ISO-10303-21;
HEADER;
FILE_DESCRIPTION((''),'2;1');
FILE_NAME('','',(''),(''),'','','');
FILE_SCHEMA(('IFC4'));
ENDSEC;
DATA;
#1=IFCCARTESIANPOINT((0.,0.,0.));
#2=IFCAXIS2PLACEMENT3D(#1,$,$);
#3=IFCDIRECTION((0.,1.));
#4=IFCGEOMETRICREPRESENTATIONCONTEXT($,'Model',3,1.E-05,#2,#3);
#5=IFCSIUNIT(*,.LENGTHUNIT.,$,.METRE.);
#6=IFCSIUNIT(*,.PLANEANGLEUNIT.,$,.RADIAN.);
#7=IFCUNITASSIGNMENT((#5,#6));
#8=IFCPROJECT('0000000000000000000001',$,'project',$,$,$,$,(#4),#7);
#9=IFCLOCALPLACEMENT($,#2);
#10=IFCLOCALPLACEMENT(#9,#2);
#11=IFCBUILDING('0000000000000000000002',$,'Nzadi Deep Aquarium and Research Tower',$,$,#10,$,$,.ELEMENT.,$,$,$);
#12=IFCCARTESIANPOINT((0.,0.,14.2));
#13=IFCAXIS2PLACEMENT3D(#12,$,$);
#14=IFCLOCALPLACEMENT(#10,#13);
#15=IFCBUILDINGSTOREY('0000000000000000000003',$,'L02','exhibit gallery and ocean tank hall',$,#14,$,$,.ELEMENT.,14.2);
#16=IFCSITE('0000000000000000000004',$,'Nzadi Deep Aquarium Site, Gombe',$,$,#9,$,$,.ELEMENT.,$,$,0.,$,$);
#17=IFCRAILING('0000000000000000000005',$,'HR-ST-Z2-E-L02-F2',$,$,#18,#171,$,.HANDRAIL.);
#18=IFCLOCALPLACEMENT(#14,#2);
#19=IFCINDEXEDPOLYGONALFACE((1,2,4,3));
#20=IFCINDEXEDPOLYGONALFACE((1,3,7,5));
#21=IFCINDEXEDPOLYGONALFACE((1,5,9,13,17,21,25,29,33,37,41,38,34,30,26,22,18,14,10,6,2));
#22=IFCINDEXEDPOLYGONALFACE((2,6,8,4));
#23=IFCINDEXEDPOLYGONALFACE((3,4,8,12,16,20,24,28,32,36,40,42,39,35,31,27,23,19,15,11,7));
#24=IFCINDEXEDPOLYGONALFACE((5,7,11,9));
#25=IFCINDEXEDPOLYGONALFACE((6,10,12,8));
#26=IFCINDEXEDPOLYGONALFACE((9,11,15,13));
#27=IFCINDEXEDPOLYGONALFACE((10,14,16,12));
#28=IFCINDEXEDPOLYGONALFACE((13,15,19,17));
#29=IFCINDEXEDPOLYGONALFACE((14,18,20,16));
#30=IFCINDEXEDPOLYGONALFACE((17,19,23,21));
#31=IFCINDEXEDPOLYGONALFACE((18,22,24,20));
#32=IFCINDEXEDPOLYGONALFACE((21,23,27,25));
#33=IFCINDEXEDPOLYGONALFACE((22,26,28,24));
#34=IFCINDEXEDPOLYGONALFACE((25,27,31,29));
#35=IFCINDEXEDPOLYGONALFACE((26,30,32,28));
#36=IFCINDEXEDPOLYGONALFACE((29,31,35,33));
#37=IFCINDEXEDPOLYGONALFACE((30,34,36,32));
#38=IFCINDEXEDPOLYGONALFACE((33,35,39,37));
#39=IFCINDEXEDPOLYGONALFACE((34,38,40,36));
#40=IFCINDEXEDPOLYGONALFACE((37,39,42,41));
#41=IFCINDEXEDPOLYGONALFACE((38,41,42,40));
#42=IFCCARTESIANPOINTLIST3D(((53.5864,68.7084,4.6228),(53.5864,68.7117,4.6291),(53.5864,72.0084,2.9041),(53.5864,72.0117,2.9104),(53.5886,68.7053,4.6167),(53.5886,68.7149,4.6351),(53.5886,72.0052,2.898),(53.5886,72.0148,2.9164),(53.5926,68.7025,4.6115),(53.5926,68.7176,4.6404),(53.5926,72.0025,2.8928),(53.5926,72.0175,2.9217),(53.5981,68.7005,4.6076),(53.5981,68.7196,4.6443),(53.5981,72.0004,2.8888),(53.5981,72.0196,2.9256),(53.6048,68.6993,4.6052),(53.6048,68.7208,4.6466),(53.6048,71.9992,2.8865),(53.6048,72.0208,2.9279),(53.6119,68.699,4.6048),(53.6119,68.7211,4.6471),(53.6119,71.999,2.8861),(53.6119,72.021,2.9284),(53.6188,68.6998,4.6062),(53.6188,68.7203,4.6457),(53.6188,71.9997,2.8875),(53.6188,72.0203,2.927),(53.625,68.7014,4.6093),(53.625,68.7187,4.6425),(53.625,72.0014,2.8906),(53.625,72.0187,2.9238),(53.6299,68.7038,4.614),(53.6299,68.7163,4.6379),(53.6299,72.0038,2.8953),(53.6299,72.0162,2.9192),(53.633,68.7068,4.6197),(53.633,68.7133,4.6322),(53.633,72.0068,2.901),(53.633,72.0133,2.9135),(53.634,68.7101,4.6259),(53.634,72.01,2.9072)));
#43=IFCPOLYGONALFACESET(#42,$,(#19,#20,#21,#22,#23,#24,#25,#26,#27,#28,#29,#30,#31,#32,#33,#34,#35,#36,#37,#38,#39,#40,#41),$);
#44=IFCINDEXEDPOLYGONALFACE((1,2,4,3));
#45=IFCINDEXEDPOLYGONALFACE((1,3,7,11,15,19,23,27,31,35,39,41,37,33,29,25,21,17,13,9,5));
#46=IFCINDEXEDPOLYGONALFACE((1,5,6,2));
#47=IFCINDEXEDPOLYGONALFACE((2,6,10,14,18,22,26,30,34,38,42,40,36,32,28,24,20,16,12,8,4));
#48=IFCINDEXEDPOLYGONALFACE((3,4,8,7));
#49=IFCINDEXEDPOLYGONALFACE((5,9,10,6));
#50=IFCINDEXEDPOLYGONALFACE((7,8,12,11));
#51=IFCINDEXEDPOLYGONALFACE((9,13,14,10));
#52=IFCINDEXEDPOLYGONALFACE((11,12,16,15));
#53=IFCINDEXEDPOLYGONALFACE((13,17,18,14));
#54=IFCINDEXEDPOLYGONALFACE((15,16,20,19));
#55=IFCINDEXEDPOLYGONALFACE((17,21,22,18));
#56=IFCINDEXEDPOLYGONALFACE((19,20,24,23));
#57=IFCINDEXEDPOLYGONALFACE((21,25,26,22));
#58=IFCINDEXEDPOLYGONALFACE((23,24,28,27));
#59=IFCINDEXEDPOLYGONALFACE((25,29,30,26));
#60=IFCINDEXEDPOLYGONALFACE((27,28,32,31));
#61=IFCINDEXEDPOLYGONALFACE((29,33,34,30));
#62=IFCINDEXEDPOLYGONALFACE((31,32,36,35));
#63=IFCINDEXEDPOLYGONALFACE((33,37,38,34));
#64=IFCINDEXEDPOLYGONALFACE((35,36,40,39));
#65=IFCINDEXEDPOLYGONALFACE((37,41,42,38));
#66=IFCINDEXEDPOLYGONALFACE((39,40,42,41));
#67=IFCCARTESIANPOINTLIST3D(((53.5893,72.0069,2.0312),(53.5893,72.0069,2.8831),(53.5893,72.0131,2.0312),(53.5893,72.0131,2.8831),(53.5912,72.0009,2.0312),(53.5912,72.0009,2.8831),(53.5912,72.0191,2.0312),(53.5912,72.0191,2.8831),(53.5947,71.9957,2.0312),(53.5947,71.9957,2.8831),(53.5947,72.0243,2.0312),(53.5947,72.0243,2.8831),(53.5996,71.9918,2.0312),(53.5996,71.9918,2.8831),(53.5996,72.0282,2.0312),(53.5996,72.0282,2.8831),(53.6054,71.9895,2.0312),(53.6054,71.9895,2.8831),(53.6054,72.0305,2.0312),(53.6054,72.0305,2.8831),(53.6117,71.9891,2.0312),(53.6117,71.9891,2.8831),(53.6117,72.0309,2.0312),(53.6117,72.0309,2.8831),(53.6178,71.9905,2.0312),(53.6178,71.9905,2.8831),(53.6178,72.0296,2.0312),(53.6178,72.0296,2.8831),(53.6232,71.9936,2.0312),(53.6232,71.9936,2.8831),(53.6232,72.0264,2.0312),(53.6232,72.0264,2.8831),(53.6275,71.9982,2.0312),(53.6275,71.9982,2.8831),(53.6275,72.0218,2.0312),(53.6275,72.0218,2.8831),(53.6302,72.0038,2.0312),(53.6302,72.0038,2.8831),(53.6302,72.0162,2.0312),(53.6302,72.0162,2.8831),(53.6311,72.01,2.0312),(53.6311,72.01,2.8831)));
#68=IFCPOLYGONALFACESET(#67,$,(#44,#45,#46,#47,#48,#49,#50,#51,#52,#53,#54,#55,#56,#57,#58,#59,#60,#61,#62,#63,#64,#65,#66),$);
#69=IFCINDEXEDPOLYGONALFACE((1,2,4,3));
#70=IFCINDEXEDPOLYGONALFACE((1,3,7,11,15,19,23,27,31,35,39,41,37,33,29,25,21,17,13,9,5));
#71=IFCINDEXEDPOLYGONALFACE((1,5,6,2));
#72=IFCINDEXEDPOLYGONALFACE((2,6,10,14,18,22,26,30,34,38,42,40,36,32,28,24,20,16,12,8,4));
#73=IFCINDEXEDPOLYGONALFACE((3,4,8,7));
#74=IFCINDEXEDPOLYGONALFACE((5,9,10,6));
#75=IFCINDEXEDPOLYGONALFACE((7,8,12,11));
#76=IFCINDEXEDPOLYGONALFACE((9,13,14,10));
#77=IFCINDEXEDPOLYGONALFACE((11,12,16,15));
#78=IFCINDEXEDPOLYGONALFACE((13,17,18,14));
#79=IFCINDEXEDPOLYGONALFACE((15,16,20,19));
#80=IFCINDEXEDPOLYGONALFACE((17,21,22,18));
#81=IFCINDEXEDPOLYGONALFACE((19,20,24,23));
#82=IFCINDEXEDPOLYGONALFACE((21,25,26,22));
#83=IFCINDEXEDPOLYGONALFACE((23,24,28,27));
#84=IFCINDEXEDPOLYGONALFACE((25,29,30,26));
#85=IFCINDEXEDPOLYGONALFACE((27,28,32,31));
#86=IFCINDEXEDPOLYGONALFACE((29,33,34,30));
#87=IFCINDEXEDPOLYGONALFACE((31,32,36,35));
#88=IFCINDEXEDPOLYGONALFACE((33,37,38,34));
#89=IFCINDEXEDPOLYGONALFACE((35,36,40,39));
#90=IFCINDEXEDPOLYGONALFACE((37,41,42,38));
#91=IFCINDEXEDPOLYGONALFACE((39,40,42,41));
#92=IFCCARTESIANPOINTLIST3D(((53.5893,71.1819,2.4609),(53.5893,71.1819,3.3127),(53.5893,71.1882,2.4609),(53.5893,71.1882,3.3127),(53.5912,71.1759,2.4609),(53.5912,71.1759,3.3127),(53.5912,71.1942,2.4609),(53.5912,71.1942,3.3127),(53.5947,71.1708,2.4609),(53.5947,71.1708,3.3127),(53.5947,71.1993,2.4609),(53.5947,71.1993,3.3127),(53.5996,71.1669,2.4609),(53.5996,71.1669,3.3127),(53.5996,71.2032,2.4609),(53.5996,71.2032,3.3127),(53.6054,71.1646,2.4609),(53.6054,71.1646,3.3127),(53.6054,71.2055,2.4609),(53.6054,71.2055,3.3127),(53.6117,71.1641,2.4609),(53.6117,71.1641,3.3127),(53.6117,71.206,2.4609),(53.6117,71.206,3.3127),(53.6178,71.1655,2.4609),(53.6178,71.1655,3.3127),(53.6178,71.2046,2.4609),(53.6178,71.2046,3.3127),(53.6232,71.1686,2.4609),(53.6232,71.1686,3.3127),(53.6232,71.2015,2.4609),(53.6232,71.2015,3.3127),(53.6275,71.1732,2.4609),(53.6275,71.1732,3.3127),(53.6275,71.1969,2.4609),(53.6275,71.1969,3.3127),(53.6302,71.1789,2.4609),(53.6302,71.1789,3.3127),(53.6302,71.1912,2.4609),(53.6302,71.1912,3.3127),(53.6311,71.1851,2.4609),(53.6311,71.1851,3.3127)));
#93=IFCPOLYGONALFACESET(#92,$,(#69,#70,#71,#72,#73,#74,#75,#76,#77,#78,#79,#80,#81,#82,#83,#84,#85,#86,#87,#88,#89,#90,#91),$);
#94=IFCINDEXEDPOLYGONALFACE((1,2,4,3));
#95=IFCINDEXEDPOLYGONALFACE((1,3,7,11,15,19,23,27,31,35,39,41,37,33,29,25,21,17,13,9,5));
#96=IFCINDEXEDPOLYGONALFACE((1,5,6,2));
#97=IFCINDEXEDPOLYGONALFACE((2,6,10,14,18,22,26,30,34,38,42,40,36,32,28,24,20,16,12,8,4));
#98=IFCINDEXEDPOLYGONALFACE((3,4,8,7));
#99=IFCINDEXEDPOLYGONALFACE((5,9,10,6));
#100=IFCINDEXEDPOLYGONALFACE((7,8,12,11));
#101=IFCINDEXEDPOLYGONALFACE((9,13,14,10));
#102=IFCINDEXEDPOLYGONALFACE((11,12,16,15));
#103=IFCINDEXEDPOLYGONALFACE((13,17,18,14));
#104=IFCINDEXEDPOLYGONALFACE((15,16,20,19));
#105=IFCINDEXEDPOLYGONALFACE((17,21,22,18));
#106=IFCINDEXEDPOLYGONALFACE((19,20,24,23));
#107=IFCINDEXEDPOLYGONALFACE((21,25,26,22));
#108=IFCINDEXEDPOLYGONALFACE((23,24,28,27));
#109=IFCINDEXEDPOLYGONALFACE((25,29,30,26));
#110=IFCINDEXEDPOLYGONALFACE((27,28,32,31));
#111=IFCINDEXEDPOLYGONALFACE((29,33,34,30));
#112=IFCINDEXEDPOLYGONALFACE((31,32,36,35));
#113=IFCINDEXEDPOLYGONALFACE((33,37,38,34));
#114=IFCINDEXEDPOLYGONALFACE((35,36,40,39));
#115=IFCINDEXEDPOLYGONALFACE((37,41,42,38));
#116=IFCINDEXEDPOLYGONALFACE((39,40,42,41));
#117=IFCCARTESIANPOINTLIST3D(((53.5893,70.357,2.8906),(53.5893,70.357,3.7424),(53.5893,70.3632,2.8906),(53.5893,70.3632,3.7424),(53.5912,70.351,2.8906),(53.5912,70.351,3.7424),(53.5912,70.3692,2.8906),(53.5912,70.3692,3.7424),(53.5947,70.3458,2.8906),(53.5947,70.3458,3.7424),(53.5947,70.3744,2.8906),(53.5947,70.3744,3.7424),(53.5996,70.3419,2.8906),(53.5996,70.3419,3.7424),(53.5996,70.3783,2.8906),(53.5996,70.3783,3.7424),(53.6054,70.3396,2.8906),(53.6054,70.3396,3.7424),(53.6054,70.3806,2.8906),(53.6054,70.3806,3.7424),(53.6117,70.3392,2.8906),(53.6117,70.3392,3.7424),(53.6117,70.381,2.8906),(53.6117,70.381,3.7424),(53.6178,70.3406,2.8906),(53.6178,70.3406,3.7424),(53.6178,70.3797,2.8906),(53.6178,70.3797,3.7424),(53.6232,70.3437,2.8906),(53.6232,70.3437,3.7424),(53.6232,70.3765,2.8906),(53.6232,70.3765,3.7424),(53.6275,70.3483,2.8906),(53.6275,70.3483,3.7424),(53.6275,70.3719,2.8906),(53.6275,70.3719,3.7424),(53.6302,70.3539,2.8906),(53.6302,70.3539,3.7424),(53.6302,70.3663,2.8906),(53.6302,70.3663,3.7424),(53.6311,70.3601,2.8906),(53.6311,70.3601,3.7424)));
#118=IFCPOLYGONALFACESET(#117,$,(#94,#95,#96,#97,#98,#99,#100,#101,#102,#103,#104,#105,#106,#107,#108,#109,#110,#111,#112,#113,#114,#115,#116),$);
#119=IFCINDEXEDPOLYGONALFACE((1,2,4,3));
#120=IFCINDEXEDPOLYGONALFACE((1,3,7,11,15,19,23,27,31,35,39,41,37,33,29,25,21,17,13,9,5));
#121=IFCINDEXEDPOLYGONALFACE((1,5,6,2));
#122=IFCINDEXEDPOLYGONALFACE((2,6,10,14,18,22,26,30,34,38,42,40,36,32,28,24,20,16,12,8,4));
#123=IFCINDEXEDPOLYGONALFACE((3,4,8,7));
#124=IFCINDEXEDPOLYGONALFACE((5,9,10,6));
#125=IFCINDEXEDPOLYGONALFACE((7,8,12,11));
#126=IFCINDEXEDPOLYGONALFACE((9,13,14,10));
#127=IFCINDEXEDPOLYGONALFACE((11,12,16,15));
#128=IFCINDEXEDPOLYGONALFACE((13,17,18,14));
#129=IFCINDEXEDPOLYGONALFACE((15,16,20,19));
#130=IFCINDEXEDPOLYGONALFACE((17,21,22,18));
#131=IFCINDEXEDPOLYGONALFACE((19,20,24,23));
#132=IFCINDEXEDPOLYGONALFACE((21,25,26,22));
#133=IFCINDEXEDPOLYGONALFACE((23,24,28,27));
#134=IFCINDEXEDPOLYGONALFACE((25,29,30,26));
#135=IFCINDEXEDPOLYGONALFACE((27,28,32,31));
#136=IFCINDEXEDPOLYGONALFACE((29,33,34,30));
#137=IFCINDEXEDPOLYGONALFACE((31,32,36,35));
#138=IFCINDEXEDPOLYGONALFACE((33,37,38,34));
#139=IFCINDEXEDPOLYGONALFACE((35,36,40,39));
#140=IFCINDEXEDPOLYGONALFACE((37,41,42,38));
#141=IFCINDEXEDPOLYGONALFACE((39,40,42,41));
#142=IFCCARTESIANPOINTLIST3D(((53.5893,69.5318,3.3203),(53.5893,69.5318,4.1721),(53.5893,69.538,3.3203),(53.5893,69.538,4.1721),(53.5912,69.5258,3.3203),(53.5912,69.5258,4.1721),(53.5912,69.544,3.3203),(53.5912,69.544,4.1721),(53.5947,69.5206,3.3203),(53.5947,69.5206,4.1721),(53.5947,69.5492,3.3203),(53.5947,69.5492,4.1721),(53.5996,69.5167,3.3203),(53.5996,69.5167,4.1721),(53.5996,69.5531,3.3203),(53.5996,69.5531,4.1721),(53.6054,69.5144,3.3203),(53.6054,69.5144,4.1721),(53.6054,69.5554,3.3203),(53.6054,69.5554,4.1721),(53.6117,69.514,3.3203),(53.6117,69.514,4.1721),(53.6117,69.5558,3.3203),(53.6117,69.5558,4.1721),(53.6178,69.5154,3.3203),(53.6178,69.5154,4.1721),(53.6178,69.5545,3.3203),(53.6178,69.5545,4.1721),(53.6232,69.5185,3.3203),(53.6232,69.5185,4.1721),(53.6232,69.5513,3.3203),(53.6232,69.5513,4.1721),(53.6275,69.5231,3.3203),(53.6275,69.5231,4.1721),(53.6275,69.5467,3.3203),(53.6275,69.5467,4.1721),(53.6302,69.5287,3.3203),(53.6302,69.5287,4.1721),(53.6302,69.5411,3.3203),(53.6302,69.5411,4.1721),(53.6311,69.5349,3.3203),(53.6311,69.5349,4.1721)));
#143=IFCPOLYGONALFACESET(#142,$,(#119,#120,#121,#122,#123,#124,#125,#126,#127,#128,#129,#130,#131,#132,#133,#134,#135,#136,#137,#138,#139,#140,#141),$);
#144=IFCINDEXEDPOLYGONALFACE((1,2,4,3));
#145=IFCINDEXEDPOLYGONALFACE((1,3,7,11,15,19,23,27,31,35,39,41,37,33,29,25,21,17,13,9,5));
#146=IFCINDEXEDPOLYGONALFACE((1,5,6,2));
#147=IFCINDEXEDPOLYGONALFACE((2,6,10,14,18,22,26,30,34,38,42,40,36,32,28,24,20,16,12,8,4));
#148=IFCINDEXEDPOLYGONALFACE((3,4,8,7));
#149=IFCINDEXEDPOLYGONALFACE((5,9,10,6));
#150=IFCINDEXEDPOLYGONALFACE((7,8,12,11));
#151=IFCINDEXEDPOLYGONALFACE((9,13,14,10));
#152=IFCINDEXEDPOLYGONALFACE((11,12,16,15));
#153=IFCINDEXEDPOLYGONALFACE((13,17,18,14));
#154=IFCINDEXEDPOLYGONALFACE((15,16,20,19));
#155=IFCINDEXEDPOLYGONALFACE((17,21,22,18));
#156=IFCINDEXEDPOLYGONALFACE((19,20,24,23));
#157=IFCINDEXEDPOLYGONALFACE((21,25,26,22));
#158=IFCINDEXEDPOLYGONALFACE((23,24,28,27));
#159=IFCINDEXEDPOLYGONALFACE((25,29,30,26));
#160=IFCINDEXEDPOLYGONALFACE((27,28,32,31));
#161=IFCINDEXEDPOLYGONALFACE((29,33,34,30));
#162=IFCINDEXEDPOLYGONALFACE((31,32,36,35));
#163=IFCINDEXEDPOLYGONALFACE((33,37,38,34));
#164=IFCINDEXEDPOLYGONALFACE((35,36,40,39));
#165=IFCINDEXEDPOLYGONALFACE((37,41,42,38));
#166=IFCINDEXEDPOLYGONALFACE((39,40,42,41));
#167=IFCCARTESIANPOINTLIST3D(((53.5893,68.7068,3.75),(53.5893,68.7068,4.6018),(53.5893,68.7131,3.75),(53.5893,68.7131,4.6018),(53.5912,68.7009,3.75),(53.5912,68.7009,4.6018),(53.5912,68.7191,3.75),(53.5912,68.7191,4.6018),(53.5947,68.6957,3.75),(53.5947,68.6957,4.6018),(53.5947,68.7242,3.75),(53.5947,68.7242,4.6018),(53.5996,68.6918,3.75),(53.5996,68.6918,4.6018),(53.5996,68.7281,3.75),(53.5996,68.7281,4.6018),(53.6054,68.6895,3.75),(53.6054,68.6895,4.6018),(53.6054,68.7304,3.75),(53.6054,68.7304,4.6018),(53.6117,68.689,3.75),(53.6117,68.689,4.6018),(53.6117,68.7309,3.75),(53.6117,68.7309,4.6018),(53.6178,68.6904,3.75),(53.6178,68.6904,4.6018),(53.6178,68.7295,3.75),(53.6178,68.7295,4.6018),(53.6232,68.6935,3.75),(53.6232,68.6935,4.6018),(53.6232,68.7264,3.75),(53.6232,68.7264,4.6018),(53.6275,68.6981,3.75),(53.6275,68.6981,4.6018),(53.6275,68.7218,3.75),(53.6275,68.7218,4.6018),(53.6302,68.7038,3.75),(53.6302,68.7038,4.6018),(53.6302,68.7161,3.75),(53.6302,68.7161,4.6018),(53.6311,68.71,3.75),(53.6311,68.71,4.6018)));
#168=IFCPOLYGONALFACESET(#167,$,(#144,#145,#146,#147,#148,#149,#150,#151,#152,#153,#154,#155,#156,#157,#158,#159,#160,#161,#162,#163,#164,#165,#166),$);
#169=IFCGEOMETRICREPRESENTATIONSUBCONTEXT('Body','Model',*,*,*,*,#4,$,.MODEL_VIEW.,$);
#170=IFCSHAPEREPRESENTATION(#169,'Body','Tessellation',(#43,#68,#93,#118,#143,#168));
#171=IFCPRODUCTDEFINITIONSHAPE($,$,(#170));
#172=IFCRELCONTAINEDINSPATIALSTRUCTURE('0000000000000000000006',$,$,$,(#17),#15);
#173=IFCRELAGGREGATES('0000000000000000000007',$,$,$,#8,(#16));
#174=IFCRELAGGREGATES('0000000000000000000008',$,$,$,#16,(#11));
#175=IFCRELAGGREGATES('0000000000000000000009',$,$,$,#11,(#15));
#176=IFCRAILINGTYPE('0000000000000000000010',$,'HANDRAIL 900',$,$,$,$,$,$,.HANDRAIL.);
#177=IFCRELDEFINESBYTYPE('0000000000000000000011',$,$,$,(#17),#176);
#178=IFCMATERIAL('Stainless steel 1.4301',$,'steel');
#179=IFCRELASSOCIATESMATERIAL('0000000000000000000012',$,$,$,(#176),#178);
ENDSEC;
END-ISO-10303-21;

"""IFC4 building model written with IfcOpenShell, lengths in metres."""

from ifc_helpers import new_model, si_unit, direction, frame, origin, origin_2d, place, context, subcontext, project, spatial, circle, extrude, material, type_object, element, save


model = new_model("IFC4")

# Units and contexts
model_context = context("Model", 3, precision=1e-05, world=origin(), true_north=direction((0.0, 1.0)))
body_context = subcontext(model_context, "Body", "Model", "MODEL_VIEW")
ifc_project = project(units=[si_unit("LENGTHUNIT", "METRE"), si_unit("PLANEANGLEUNIT", "RADIAN")], contexts=[model_context])

# Site, building, storey
site_placement = place(None, origin())
site = spatial("IfcSite", under=ifc_project, at=site_placement, Name="Nzadi Deep Aquarium Site, Gombe", CompositionType="ELEMENT", RefElevation=0.0)
building_placement = place(site_placement, origin())
building = spatial("IfcBuilding", under=site, at=building_placement, Name="Nzadi Deep Aquarium and Research Tower", CompositionType="ELEMENT")
storey_placement = place(building_placement, frame((0.0, 0.0, 14.2)))
storey = spatial("IfcBuildingStorey", under=building, at=storey_placement, Name="L02", Description="exhibit gallery and ocean tank hall", CompositionType="ELEMENT", Elevation=14.2)

# Railing
ifc_material_1 = material(Name="Stainless steel 1.4301", Category="steel")
railing_type = type_object("IfcRailingType", Name="HANDRAIL 900", PredefinedType="HANDRAIL", material=ifc_material_1)
for number, where, name in (
    (1, (53.6101, 72.01, 2.0312), "HR-ST-Z2-E-L02-F2"),
):
    element("IfcRailing", number, at=place(storey_placement, frame(where)), inside=storey, type_object=railing_type, Name=name, PredefinedType="HANDRAIL", context=body_context, shape_type="SweptSolid", body=[
        extrude(circle(Radius=0.0239, at=origin_2d()), frame((0.0, 0.0, 0.876), z_axis=(0.0, -0.886917, 0.461929), x_axis=(1.0, 0.0, 0.0)), (0.0, 0.0, 1.0), 3.7207),
        extrude(circle(Radius=0.021, at=origin_2d()), origin(), (0.0, 0.0, 1.0), 0.8518),
        extrude(circle(Radius=0.021, at=origin_2d()), frame((0.0, -0.825, 0.4297)), (0.0, 0.0, 1.0), 0.8518),
        extrude(circle(Radius=0.021, at=origin_2d()), frame((0.0, -1.6499, 0.8594)), (0.0, 0.0, 1.0), 0.8518),
        extrude(circle(Radius=0.021, at=origin_2d()), frame((0.0, -2.4751, 1.2891)), (0.0, 0.0, 1.0), 0.8518),
        extrude(circle(Radius=0.021, at=origin_2d()), frame((0.0, -3.3, 1.7188)), (0.0, 0.0, 1.0), 0.8518),
    ])

save(model, "model.ifc")
